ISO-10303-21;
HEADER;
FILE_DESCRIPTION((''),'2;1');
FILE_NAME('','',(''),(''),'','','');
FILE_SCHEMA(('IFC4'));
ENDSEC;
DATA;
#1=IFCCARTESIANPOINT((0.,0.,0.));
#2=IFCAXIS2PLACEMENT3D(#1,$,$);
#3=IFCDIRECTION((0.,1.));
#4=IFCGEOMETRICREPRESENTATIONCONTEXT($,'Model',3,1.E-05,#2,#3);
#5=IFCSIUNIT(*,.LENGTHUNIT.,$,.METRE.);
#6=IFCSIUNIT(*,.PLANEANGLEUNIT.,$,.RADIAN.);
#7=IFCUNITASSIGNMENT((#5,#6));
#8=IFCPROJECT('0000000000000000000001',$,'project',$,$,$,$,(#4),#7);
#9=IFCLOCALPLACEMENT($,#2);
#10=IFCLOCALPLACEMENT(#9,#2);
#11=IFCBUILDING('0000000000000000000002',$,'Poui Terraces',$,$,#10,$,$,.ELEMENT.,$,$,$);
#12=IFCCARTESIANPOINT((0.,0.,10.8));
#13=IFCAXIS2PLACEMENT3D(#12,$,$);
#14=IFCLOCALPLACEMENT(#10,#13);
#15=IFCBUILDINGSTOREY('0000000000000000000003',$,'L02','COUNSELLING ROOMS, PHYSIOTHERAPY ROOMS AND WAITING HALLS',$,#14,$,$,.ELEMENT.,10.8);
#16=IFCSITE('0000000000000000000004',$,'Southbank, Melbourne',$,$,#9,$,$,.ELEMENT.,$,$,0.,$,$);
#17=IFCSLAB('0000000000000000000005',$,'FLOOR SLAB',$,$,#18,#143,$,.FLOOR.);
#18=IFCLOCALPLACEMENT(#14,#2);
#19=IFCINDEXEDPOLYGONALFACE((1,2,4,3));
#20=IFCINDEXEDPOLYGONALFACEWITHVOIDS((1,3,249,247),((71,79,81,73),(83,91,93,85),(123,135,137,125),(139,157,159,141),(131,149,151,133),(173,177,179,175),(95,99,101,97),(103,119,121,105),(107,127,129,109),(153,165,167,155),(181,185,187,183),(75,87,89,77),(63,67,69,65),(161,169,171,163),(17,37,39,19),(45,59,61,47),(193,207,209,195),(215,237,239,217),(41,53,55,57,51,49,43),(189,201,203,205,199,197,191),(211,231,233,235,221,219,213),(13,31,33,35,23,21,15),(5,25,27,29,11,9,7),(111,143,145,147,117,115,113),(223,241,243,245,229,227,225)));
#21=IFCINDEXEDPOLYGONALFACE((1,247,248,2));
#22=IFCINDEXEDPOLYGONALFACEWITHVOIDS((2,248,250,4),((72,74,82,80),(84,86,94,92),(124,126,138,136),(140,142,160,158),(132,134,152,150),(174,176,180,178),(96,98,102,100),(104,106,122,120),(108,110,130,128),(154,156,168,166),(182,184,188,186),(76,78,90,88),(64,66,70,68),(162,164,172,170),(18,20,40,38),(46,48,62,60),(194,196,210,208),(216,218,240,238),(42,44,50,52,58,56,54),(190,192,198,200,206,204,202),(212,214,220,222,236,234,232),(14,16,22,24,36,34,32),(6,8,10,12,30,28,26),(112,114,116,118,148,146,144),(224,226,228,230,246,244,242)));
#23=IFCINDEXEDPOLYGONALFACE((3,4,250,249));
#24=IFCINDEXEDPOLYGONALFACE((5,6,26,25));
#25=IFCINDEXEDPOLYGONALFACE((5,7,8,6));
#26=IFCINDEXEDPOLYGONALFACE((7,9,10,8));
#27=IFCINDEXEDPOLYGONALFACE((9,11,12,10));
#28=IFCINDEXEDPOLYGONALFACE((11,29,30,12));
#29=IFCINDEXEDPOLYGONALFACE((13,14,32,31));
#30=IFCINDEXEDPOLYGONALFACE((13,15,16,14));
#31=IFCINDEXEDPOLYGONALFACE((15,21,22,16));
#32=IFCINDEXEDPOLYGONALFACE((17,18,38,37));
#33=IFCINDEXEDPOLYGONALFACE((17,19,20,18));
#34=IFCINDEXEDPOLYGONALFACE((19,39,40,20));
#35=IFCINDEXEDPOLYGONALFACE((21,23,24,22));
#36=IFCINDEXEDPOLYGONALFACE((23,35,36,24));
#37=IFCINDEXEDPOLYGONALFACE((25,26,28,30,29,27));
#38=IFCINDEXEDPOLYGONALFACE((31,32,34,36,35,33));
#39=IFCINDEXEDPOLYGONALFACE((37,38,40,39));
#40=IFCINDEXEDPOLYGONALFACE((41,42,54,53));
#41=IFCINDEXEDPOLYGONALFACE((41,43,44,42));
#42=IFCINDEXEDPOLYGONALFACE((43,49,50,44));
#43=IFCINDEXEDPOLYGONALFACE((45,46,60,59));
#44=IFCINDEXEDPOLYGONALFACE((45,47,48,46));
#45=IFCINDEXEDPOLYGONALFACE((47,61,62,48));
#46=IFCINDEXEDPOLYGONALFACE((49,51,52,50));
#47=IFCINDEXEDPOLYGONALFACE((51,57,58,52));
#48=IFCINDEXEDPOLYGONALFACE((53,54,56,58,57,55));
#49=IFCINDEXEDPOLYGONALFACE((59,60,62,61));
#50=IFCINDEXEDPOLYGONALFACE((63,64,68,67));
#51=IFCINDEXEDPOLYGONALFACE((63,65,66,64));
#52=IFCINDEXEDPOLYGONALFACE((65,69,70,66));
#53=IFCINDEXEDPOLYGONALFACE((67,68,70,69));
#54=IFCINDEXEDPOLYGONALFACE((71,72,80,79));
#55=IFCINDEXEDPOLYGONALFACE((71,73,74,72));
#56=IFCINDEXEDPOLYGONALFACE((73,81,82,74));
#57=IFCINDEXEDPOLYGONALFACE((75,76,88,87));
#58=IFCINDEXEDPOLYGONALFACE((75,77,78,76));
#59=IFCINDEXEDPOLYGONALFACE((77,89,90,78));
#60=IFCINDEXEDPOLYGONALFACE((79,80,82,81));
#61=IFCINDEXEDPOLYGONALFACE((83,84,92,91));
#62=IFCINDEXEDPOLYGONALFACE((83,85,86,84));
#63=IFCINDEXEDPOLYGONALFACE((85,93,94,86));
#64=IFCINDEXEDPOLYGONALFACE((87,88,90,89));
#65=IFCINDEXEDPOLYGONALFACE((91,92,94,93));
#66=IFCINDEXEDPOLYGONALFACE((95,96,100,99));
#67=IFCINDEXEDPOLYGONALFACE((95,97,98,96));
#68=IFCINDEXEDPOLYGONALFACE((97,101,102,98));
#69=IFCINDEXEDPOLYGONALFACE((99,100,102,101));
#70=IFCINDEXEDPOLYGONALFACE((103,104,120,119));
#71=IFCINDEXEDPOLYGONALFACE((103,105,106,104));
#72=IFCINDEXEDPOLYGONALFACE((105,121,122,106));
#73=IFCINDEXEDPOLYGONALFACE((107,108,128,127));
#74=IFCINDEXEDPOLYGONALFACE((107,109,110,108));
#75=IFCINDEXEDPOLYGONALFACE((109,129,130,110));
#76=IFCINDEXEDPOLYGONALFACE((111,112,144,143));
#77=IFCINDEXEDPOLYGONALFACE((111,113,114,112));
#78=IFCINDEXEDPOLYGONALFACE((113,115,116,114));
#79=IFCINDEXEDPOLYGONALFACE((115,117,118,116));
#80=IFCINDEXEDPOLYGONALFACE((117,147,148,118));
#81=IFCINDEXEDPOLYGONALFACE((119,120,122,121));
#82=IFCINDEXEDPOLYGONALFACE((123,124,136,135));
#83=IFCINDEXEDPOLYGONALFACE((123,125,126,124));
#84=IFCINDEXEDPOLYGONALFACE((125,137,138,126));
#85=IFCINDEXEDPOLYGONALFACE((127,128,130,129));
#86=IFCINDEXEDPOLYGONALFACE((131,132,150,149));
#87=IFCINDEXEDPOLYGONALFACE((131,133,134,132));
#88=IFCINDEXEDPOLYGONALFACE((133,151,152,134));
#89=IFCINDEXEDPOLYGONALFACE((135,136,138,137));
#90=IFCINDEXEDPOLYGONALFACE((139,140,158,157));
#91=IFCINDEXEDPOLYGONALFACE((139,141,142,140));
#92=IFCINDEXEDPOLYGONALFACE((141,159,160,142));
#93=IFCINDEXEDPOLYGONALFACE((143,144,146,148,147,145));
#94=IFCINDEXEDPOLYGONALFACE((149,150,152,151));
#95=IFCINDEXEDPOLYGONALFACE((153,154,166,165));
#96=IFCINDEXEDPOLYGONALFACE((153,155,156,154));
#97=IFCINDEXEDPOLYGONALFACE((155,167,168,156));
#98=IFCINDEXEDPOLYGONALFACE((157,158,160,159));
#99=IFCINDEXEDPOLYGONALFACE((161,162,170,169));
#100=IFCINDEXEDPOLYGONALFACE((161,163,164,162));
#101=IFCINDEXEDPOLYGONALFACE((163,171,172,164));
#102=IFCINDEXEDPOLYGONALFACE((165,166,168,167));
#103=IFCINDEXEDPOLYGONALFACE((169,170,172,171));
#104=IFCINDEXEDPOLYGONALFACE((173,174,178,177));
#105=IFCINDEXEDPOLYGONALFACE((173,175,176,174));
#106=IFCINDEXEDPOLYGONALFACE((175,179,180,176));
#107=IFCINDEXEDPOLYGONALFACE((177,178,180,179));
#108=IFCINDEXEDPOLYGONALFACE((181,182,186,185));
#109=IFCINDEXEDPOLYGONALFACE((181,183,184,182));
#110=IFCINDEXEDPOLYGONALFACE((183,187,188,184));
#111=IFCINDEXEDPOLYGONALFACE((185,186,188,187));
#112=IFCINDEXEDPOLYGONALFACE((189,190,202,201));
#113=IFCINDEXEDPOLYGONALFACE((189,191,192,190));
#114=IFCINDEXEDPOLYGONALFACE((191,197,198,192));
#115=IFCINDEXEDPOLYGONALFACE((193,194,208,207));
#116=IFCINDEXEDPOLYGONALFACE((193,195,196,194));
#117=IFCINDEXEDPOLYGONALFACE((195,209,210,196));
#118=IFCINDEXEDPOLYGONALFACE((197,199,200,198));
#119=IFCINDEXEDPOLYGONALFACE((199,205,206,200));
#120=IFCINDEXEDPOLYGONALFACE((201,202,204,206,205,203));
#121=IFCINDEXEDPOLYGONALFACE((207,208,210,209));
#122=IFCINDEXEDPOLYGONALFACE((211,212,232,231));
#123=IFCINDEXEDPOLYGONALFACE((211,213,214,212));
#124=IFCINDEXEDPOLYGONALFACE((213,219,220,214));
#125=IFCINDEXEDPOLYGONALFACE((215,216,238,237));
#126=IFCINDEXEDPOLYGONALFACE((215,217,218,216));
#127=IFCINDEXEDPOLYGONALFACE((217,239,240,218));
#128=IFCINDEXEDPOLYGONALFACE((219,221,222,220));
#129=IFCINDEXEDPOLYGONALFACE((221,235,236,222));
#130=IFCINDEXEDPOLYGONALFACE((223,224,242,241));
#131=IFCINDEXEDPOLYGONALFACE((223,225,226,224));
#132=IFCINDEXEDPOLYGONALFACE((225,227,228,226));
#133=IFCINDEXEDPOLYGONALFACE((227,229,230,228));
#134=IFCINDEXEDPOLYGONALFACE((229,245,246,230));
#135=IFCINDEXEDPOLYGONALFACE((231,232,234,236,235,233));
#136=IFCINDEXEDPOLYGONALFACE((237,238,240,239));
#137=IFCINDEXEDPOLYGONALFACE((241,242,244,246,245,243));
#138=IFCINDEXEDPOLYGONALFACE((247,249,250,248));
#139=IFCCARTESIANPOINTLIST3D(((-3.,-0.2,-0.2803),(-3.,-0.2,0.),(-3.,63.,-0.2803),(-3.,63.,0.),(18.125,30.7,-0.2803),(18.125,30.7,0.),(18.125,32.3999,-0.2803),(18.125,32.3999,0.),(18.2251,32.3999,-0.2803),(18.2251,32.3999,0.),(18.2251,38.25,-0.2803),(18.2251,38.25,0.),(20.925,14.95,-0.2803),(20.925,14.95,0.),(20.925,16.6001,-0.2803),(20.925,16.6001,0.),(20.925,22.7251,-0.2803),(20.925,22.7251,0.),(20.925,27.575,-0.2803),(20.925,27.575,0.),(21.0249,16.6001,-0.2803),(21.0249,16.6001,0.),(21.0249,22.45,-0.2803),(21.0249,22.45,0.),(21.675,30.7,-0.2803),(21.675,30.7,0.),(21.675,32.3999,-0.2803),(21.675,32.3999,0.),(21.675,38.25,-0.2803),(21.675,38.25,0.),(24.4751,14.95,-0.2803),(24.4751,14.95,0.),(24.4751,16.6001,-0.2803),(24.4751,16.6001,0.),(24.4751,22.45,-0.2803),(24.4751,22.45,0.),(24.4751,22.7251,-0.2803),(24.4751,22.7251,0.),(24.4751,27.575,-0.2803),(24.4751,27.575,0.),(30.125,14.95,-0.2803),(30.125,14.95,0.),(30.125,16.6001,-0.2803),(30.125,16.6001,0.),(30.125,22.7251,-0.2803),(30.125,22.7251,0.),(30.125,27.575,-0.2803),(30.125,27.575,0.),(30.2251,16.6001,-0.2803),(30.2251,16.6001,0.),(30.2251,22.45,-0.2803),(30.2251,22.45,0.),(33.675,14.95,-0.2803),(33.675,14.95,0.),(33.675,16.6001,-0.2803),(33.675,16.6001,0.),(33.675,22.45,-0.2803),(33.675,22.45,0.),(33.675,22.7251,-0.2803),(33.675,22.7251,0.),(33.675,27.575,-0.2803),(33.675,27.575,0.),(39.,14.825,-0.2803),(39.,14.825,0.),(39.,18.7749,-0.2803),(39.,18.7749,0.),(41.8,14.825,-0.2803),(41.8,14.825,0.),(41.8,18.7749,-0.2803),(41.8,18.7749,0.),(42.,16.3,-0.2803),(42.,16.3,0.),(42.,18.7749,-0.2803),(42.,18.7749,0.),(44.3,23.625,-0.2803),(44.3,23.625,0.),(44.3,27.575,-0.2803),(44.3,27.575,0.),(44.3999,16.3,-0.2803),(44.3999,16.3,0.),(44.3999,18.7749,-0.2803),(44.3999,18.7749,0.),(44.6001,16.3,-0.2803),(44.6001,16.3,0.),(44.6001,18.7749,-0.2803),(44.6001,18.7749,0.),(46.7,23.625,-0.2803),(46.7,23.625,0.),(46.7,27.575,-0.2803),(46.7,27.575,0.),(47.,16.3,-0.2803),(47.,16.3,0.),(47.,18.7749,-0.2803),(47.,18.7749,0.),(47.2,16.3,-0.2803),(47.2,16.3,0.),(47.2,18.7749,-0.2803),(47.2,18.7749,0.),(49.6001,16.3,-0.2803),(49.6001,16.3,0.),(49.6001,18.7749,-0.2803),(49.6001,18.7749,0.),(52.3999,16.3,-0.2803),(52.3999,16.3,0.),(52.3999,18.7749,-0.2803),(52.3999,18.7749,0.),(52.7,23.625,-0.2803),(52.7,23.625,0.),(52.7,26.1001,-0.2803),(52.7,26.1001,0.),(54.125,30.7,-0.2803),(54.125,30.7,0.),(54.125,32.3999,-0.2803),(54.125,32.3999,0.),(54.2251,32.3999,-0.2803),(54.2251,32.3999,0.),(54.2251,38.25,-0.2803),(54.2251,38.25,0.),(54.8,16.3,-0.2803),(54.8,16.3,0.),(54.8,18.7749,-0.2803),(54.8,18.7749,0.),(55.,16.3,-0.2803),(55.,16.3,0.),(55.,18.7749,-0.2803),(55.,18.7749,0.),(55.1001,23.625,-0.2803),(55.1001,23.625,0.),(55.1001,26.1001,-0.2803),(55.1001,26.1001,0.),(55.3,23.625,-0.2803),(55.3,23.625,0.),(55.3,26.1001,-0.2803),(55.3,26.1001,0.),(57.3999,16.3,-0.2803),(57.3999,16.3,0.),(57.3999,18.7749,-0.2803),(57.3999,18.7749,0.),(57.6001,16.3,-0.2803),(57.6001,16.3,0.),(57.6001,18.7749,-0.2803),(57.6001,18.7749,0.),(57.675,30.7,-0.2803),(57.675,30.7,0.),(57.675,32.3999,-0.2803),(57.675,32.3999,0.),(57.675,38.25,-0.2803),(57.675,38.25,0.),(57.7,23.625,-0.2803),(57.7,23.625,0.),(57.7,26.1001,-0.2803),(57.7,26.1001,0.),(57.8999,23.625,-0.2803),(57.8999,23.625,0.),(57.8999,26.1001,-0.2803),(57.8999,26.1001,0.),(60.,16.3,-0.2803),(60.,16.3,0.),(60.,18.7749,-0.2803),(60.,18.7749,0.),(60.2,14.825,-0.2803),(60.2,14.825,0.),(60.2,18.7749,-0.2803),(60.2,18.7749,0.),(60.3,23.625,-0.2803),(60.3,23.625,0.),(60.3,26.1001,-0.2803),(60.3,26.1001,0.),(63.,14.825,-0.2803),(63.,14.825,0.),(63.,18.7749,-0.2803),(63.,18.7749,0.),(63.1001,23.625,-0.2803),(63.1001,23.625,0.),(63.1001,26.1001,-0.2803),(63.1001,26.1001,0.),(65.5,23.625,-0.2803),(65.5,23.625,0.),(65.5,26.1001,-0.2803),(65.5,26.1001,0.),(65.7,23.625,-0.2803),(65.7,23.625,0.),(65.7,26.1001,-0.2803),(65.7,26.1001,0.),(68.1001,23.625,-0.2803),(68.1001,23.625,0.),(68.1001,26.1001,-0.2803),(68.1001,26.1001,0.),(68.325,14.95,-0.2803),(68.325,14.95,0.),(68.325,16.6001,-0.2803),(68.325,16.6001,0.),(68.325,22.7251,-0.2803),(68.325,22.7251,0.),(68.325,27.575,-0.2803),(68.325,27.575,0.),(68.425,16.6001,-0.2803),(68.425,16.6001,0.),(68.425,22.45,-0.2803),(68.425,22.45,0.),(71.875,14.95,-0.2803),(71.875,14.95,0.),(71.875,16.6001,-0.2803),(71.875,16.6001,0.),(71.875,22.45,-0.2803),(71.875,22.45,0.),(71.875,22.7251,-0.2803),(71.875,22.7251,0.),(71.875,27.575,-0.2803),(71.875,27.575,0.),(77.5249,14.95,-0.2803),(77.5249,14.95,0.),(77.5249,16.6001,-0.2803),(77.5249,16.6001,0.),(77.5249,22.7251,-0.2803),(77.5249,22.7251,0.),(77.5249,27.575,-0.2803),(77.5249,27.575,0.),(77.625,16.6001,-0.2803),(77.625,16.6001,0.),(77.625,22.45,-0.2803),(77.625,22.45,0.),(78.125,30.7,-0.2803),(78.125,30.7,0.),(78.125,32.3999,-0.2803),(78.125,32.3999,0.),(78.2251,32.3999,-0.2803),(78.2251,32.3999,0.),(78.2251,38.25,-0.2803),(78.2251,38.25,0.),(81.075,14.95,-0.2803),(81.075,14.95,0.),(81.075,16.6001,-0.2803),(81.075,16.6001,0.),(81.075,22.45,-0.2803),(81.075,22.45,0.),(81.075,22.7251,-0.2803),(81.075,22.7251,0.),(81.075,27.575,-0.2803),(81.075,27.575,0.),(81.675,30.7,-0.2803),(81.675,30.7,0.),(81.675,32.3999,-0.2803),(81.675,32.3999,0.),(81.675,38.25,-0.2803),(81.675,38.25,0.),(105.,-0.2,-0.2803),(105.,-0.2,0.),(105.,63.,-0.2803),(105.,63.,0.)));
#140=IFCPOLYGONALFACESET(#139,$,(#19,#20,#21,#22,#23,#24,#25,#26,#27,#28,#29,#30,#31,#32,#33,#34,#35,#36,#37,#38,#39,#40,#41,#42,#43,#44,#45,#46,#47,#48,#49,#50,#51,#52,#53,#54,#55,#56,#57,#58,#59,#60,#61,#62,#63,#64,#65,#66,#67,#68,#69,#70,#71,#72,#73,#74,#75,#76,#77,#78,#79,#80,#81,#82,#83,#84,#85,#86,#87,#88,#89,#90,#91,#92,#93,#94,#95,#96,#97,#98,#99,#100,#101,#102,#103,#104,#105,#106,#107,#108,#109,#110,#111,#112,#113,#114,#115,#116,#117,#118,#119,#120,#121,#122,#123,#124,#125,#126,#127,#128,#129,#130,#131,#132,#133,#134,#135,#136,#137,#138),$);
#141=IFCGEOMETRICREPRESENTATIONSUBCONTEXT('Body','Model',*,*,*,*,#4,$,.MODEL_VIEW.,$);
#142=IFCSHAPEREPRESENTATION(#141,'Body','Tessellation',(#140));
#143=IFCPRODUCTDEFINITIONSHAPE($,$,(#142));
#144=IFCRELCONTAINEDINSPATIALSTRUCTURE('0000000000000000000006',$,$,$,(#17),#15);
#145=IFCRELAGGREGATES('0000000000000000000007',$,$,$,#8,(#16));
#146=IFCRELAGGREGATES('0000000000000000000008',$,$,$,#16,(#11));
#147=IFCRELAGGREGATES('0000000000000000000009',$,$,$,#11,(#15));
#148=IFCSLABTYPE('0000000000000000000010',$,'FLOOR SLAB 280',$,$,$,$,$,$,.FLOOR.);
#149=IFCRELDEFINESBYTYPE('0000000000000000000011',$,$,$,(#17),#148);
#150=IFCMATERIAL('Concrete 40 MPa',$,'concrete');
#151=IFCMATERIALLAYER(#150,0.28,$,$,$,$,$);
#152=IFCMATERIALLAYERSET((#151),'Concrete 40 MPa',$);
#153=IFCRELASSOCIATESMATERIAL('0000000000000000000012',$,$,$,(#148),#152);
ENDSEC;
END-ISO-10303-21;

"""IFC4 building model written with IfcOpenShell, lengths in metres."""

from ifc_helpers import new_model, si_unit, direction, frame, origin, place, context, subcontext, project, spatial, polyline, outline, extrude, source, transform, mapped, material, layer, layer_set, type_object, element, save


model = new_model("IFC4")

# Units and contexts
model_context = context("Model", 3, precision=1e-05, world=origin(), true_north=direction((0.0, 1.0)))
body_context = subcontext(model_context, "Body", "Model", "MODEL_VIEW")
ifc_project = project(units=[si_unit("LENGTHUNIT", "METRE"), si_unit("PLANEANGLEUNIT", "RADIAN")], contexts=[model_context])

# Site, building, storey
site_placement = place(None, origin())
site = spatial("IfcSite", under=ifc_project, at=site_placement, Name="Southbank, Melbourne", CompositionType="ELEMENT", RefElevation=0.0)
building_placement = place(site_placement, origin())
building = spatial("IfcBuilding", under=site, at=building_placement, Name="Poui Terraces", CompositionType="ELEMENT")
storey_placement = place(building_placement, frame((0.0, 0.0, 10.8)))
storey = spatial("IfcBuildingStorey", under=building, at=storey_placement, Name="L02", Description="COUNSELLING ROOMS, PHYSIOTHERAPY ROOMS AND WAITING HALLS", CompositionType="ELEMENT", Elevation=10.8)

# Slab
ifc_material_1 = material(Name="Concrete 40 MPa", Category="concrete")
ifc_layer_1 = layer(ifc_material_1, 0.28)
ifc_layer_set_1 = layer_set([ifc_layer_1], Name="Concrete 40 MPa")
slab_type_1 = type_object("IfcSlabType", Name="FLOOR SLAB 280", PredefinedType="FLOOR", material=ifc_layer_set_1)
shared_shape_1 = source(origin(), body_context, "Body", "SweptSolid", [
    extrude(outline(polyline([(0.0, 0.0), (108.0, 0.0), (108.0, 63.2), (0.0, 63.2), (0.0, 0.0)]), holes=[polyline([(42.0, 15.0249), (42.0, 18.9749), (44.8, 18.9749), (44.8, 15.0249), (42.0, 15.0249)]), polyline([(45.0, 18.9749), (47.3999, 18.9749), (47.3999, 16.5), (45.0, 16.5), (45.0, 18.9749)]), polyline([(47.6001, 18.9749), (50.0, 18.9749), (50.0, 16.5), (47.6001, 16.5), (47.6001, 18.9749)]), polyline([(50.2, 16.5), (50.2, 18.9749), (52.6001, 18.9749), (52.6001, 16.5), (50.2, 16.5)]), polyline([(55.3999, 18.9749), (57.8, 18.9749), (57.8, 16.5), (55.3999, 16.5), (55.3999, 18.9749)]), polyline([(27.4751, 22.6499), (27.4751, 16.8), (27.4751, 15.1499), (23.925, 15.1499), (23.925, 16.8), (24.0249, 16.8), (24.0249, 22.6499), (27.4751, 22.6499)]), polyline([(33.2251, 22.6499), (36.675, 22.6499), (36.675, 16.8), (36.675, 15.1499), (33.125, 15.1499), (33.125, 16.8), (33.2251, 16.8), (33.2251, 22.6499)]), polyline([(55.7, 26.3), (58.1001, 26.3), (58.1001, 23.825), (55.7, 23.825), (55.7, 26.3)]), polyline([(23.925, 27.7749), (27.4751, 27.7749), (27.4751, 22.925), (23.925, 22.925), (23.925, 27.7749)]), polyline([(33.125, 22.925), (33.125, 27.7749), (36.675, 27.7749), (36.675, 22.925), (33.125, 22.925)]), polyline([(47.3, 27.7749), (49.7, 27.7749), (49.7, 23.825), (47.3, 23.825), (47.3, 27.7749)]), polyline([(24.675, 38.45), (24.675, 32.5999), (24.675, 30.8999), (21.125, 30.8999), (21.125, 32.5999), (21.2251, 32.5999), (21.2251, 38.45), (24.675, 38.45)]), polyline([(57.2251, 38.45), (60.675, 38.45), (60.675, 32.5999), (60.675, 30.8999), (57.125, 30.8999), (57.125, 32.5999), (57.2251, 32.5999), (57.2251, 38.45)]), polyline([(63.2, 18.9749), (66.0, 18.9749), (66.0, 15.0249), (63.2, 15.0249), (63.2, 18.9749)]), polyline([(58.0, 18.9749), (60.3999, 18.9749), (60.3999, 16.5), (58.0, 16.5), (58.0, 18.9749)]), polyline([(60.6001, 16.5), (60.6001, 18.9749), (63.0, 18.9749), (63.0, 16.5), (60.6001, 16.5)]), polyline([(74.875, 22.6499), (74.875, 16.8), (74.875, 15.1499), (71.325, 15.1499), (71.325, 16.8), (71.425, 16.8), (71.425, 22.6499), (74.875, 22.6499)]), polyline([(84.075, 22.6499), (84.075, 16.8), (84.075, 15.1499), (80.5249, 15.1499), (80.5249, 16.8), (80.625, 16.8), (80.625, 22.6499), (84.075, 22.6499)]), polyline([(58.3, 23.825), (58.3, 26.3), (60.7, 26.3), (60.7, 23.825), (58.3, 23.825)]), polyline([(60.8999, 26.3), (63.3, 26.3), (63.3, 23.825), (60.8999, 23.825), (60.8999, 26.3)]), polyline([(66.1001, 26.3), (68.5, 26.3), (68.5, 23.825), (66.1001, 23.825), (66.1001, 26.3)]), polyline([(68.7, 26.3), (71.1001, 26.3), (71.1001, 23.825), (68.7, 23.825), (68.7, 26.3)]), polyline([(71.325, 27.7749), (74.875, 27.7749), (74.875, 22.925), (71.325, 22.925), (71.325, 27.7749)]), polyline([(80.5249, 27.7749), (84.075, 27.7749), (84.075, 22.925), (80.5249, 22.925), (80.5249, 27.7749)]), polyline([(84.675, 38.45), (84.675, 32.5999), (84.675, 30.8999), (81.125, 30.8999), (81.125, 32.5999), (81.2251, 32.5999), (81.2251, 38.45), (84.675, 38.45)])]), origin(), (0.0, 0.0, 1.0), 0.2803),
])
slab_1_placement = place(storey_placement, frame((-3.0, -0.2, -0.2803)))
element("IfcSlab", 1, at=slab_1_placement, inside=storey, type_object=slab_type_1, Name="FLOOR SLAB", PredefinedType="FLOOR", context=body_context, shape_type="MappedRepresentation", body=[
    mapped(shared_shape_1, transform((0.0, 0.0, 0.0))),
])

save(model, "model.ifc")
